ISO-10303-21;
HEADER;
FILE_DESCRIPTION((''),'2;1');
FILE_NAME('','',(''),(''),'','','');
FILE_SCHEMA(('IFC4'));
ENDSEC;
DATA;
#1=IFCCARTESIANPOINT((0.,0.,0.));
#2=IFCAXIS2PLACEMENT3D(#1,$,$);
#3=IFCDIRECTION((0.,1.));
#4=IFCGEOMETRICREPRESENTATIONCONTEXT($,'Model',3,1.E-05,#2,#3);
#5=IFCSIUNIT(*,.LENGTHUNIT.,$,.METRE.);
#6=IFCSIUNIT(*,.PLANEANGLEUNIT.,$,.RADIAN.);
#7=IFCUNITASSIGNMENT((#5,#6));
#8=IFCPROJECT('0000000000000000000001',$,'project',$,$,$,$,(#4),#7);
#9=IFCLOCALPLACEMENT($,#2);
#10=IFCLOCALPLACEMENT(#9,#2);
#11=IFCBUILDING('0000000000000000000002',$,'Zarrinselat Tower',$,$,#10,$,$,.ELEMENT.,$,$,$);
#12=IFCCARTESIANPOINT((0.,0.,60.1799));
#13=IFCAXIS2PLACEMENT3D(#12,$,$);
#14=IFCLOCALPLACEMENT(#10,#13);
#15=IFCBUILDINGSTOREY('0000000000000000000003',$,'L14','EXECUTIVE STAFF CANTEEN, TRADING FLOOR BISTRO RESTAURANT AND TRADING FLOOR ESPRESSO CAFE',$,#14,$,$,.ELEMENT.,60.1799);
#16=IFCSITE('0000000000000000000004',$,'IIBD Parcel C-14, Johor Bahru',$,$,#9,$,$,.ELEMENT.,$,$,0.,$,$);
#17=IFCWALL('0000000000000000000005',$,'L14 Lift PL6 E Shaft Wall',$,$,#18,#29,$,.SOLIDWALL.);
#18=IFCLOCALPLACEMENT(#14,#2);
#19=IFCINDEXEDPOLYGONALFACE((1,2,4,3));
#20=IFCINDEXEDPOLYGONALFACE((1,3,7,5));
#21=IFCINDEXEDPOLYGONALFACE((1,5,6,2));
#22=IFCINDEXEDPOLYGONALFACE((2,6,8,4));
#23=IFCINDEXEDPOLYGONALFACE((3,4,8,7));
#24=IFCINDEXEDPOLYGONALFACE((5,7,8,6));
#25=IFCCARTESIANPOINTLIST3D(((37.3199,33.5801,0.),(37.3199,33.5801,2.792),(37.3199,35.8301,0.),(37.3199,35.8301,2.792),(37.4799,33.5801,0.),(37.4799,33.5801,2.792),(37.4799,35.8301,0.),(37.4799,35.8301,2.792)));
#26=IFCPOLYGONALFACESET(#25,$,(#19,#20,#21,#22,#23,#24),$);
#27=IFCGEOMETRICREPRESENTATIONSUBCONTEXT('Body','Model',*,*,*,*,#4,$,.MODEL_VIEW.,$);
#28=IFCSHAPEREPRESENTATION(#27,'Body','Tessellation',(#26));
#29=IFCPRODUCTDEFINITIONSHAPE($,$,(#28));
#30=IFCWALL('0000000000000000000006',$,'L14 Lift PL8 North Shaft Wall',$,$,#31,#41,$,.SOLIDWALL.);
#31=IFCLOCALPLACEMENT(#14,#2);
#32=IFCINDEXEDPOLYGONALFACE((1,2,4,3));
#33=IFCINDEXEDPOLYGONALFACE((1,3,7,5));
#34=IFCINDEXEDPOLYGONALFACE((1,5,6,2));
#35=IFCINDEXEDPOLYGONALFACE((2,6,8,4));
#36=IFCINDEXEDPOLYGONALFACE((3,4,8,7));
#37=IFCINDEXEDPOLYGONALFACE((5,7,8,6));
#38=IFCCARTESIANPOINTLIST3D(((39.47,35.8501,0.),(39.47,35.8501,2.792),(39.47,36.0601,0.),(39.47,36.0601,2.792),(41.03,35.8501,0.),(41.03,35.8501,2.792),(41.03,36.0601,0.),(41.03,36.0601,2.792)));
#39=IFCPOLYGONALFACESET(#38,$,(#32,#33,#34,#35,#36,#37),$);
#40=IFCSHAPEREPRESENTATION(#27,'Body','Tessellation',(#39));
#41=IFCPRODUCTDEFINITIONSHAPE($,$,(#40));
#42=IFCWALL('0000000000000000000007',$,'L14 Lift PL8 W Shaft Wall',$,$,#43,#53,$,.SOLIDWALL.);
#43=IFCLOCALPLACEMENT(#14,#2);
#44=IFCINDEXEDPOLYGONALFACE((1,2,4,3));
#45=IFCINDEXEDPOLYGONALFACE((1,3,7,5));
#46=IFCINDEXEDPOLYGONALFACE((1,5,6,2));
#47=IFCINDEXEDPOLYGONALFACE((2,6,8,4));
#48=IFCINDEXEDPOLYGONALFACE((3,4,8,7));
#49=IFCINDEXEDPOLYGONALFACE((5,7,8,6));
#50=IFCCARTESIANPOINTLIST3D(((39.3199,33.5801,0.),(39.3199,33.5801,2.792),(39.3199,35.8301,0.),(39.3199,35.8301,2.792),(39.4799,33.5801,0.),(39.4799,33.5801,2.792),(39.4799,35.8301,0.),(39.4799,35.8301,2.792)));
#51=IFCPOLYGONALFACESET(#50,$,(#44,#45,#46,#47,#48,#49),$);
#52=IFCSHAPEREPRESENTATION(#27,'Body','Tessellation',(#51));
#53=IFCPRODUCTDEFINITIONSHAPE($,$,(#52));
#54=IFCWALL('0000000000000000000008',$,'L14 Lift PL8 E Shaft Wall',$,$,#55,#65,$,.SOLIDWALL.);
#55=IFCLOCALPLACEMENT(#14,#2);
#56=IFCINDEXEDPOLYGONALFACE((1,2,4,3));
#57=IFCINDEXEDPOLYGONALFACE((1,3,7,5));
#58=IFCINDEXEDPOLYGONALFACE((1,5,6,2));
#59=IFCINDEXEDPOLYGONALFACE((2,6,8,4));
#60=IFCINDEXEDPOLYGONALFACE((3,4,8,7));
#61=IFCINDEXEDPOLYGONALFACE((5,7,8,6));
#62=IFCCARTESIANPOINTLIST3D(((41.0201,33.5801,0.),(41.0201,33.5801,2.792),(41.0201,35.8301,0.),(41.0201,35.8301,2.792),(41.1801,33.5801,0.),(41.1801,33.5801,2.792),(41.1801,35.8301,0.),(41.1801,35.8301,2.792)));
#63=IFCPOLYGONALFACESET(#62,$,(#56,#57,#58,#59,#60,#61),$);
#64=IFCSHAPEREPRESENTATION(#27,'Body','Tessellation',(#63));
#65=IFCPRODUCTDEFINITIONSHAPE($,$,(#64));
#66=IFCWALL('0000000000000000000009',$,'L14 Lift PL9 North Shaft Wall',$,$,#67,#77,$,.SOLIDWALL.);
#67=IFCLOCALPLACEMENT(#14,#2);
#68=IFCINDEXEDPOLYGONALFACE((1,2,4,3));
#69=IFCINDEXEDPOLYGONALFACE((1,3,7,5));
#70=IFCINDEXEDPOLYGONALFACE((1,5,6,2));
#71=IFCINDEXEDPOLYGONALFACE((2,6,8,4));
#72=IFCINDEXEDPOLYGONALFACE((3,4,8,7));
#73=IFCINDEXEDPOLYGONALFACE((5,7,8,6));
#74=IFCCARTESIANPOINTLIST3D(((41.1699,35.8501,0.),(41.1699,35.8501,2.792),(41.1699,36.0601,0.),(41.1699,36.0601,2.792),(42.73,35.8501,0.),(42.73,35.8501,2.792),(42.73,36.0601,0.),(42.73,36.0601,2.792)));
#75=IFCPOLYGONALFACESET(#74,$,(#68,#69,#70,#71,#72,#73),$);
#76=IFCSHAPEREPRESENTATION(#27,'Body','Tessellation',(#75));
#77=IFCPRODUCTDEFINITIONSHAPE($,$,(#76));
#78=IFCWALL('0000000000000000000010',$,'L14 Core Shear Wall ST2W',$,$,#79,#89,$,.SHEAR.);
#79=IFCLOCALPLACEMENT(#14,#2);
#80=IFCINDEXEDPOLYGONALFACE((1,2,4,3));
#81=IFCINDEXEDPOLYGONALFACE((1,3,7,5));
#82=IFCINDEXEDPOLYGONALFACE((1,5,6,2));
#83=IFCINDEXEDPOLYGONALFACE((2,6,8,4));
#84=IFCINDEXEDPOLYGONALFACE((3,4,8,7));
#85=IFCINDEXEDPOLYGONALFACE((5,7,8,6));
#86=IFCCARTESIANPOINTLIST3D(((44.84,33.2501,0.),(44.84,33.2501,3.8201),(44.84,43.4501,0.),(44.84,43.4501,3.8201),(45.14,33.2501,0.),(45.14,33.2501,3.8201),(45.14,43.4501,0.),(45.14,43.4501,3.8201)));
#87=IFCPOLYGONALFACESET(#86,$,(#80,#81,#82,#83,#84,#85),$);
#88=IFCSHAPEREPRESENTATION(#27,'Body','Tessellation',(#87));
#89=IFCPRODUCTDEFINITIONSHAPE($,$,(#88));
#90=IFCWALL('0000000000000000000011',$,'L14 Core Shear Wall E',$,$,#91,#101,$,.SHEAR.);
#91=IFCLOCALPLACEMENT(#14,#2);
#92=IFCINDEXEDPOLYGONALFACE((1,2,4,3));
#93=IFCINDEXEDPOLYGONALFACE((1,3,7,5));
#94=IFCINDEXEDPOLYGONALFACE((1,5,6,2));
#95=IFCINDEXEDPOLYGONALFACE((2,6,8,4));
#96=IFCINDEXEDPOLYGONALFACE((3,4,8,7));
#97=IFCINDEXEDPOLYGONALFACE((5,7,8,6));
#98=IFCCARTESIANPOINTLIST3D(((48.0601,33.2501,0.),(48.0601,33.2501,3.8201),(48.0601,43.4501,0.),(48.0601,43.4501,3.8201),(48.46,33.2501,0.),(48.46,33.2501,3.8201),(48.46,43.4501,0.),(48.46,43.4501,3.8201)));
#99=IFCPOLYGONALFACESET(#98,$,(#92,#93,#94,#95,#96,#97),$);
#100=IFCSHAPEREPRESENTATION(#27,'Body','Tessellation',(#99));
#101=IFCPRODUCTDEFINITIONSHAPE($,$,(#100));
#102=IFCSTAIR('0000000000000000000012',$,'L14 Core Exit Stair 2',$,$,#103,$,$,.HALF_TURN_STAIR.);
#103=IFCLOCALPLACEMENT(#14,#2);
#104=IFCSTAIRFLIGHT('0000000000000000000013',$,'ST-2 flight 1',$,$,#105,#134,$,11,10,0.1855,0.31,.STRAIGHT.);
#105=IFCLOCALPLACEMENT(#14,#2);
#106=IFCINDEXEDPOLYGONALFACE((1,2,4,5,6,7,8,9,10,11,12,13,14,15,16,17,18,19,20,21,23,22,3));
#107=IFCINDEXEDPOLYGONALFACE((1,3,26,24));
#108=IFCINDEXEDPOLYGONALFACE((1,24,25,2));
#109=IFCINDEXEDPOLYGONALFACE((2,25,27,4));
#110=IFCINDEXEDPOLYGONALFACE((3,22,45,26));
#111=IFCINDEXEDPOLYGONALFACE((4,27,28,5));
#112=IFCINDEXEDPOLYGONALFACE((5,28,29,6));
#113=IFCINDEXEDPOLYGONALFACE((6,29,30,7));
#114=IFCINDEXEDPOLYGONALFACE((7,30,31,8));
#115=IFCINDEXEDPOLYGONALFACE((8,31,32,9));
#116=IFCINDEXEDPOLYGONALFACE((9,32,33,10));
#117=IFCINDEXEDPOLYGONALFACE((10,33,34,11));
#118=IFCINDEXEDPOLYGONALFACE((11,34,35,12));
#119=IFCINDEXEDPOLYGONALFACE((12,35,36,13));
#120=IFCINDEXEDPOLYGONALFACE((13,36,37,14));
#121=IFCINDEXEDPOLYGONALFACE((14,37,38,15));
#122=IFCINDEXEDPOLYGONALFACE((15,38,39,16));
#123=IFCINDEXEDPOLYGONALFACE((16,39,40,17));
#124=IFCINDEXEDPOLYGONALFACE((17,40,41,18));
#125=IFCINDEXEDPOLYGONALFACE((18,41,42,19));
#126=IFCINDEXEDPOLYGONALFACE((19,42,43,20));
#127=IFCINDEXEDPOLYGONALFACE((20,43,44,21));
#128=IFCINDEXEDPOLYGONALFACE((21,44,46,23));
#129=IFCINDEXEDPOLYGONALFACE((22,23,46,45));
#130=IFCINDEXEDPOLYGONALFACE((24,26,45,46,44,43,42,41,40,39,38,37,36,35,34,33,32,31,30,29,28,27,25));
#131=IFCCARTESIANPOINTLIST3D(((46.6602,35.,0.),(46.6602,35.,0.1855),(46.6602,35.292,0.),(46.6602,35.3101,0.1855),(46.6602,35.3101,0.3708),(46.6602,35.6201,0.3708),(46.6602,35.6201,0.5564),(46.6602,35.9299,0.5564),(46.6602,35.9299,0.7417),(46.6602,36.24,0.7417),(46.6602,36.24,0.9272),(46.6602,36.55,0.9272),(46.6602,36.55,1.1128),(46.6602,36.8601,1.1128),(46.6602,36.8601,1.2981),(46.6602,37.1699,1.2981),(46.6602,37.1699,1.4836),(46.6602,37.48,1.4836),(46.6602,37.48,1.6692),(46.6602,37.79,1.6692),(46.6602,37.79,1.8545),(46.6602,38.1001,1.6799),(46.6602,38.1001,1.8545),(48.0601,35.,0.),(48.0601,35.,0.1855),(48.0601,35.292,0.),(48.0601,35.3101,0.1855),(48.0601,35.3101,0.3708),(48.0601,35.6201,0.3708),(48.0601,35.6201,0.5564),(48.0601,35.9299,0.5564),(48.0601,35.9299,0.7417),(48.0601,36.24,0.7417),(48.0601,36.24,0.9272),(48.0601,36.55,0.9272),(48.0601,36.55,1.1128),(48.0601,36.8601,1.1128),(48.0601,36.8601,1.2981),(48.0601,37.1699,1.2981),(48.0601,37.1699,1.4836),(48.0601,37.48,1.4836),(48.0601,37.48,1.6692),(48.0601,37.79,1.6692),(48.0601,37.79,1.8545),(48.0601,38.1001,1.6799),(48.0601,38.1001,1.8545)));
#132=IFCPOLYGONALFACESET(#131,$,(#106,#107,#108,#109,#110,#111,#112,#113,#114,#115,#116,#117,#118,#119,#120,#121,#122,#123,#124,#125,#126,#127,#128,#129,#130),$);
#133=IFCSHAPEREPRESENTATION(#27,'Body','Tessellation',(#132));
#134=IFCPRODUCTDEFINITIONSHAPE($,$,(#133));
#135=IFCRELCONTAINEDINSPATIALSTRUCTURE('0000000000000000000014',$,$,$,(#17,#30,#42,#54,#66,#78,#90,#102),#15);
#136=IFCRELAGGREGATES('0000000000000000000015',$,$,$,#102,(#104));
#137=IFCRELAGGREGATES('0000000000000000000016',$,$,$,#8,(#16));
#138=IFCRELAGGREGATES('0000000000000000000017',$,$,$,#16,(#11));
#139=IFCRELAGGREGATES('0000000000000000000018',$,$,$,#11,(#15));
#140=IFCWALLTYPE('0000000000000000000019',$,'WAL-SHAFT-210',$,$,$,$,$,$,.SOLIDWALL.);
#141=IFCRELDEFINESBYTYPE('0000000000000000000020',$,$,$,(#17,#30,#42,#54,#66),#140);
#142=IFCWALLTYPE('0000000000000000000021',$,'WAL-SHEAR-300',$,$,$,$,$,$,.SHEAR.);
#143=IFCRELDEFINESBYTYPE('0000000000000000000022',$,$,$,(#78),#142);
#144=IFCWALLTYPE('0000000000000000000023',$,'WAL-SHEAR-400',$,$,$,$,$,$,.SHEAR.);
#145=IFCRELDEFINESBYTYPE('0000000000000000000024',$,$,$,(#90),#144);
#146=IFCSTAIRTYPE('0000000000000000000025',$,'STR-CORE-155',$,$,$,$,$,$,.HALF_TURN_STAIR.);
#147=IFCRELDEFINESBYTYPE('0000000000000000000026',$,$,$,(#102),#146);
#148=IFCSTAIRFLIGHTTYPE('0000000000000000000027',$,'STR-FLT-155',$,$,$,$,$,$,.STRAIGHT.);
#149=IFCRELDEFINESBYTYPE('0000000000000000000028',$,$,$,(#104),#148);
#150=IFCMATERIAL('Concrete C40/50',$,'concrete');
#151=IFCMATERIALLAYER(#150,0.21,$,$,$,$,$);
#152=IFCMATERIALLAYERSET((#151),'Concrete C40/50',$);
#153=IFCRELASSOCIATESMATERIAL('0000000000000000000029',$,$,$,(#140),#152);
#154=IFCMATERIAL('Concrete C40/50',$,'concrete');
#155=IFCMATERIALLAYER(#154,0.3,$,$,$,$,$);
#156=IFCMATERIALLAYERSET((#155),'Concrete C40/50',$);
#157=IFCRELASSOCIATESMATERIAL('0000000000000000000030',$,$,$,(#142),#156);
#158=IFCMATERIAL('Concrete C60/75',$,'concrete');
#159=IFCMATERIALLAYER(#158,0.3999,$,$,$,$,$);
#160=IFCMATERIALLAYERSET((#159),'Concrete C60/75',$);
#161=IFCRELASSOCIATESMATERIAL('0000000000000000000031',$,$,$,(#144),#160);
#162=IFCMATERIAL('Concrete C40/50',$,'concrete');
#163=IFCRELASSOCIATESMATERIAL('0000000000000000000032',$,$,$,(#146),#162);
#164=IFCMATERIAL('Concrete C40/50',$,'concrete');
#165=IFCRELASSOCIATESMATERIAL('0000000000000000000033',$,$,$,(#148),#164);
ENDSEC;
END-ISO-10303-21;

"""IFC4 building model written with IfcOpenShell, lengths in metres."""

from ifc_helpers import new_model, si_unit, direction, frame, frame_2d, origin, place, context, subcontext, project, spatial, polyline, rectangle, outline, extrude, material, layer, layer_set, type_object, element, aggregate, save


model = new_model("IFC4")

# Units and contexts
model_context = context("Model", 3, precision=1e-05, world=origin(), true_north=direction((0.0, 1.0)))
body_context = subcontext(model_context, "Body", "Model", "MODEL_VIEW")
ifc_project = project(units=[si_unit("LENGTHUNIT", "METRE"), si_unit("PLANEANGLEUNIT", "RADIAN")], contexts=[model_context])

# Site, building, storey
site_placement = place(None, origin())
site = spatial("IfcSite", under=ifc_project, at=site_placement, Name="IIBD Parcel C-14, Johor Bahru", CompositionType="ELEMENT", RefElevation=0.0)
building_placement = place(site_placement, origin())
building = spatial("IfcBuilding", under=site, at=building_placement, Name="Zarrinselat Tower", CompositionType="ELEMENT")
storey_placement = place(building_placement, frame((0.0, 0.0, 60.1799)))
storey = spatial("IfcBuildingStorey", under=building, at=storey_placement, Name="L14", Description="EXECUTIVE STAFF CANTEEN, TRADING FLOOR BISTRO RESTAURANT AND TRADING FLOOR ESPRESSO CAFE", CompositionType="ELEMENT", Elevation=60.1799)

# Walls
ifc_material_1 = material(Name="Concrete C40/50", Category="concrete")
ifc_layer_1 = layer(ifc_material_1, 0.21)
ifc_layer_set_1 = layer_set([ifc_layer_1], Name="Concrete C40/50")
wall_type_1 = type_object("IfcWallType", Name="WAL-SHAFT-210", PredefinedType="SOLIDWALL", material=ifc_layer_set_1)
wall_1_placement = place(storey_placement, frame((37.3999, 33.5801, 0.0), z_axis=(0.0, 0.0, 1.0), x_axis=(0.0, 1.0, 0.0)))
element("IfcWall", 1, at=wall_1_placement, inside=storey, type_object=wall_type_1, Name="L14 Lift PL6 E Shaft Wall", PredefinedType="SOLIDWALL", context=body_context, shape_type="SweptSolid", body=[
    extrude(rectangle(XDim=2.25, YDim=0.1599, at=frame_2d((1.125, 0.0))), origin(), (0.0, 0.0, 1.0), 2.792),
])
wall_2_placement = place(storey_placement, frame((39.47, 35.9551, 0.0), z_axis=(0.0, 0.0, 1.0), x_axis=(1.0, 0.0, 0.0)))
element("IfcWall", 2, at=wall_2_placement, inside=storey, type_object=wall_type_1, Name="L14 Lift PL8 North Shaft Wall", PredefinedType="SOLIDWALL", context=body_context, shape_type="SweptSolid", body=[
    extrude(rectangle(XDim=1.5601, YDim=0.21, at=frame_2d((0.78, 0.0))), origin(), (0.0, 0.0, 1.0), 2.792),
])
for number, where, z_axis, x_axis, name in (
    (3, (39.3999, 33.5801, 0.0), (0.0, 0.0, 1.0), (0.0, 1.0, 0.0), "L14 Lift PL8 W Shaft Wall"),
    (4, (41.1001, 33.5801, 0.0), (0.0, 0.0, 1.0), (0.0, 1.0, 0.0), "L14 Lift PL8 E Shaft Wall"),
):
    element("IfcWall", number, at=place(storey_placement, frame(where, z_axis=z_axis, x_axis=x_axis)), inside=storey, type_object=wall_type_1, Name=name, PredefinedType="SOLIDWALL", context=body_context, shape_type="SweptSolid", body=[
        extrude(rectangle(XDim=2.25, YDim=0.1599, at=frame_2d((1.125, 0.0))), origin(), (0.0, 0.0, 1.0), 2.792),
    ])
wall_3_placement = place(storey_placement, frame((41.1699, 35.9551, 0.0), z_axis=(0.0, 0.0, 1.0), x_axis=(1.0, 0.0, 0.0)))
element("IfcWall", 5, at=wall_3_placement, inside=storey, type_object=wall_type_1, Name="L14 Lift PL9 North Shaft Wall", PredefinedType="SOLIDWALL", context=body_context, shape_type="SweptSolid", body=[
    extrude(rectangle(XDim=1.5601, YDim=0.21, at=frame_2d((0.78, 0.0))), origin(), (0.0, 0.0, 1.0), 2.792),
])
ifc_material_2 = material(Name="Concrete C40/50", Category="concrete")
ifc_layer_2 = layer(ifc_material_2, 0.3)
ifc_layer_set_2 = layer_set([ifc_layer_2], Name="Concrete C40/50")
wall_type_2 = type_object("IfcWallType", Name="WAL-SHEAR-300", PredefinedType="SHEAR", material=ifc_layer_set_2)
wall_4_placement = place(storey_placement, frame((44.99, 33.25, 0.0), z_axis=(0.0, 0.0, 1.0), x_axis=(0.0, 1.0, 0.0)))
element("IfcWall", 6, at=wall_4_placement, inside=storey, type_object=wall_type_2, Name="L14 Core Shear Wall ST2W", PredefinedType="SHEAR", context=body_context, shape_type="SweptSolid", body=[
    extrude(rectangle(XDim=10.2, YDim=0.3, at=frame_2d((5.1001, 0.0))), origin(), (0.0, 0.0, 1.0), 3.8201),
])
ifc_material_3 = material(Name="Concrete C60/75", Category="concrete")
ifc_layer_3 = layer(ifc_material_3, 0.3999)
ifc_layer_set_3 = layer_set([ifc_layer_3], Name="Concrete C60/75")
wall_type_3 = type_object("IfcWallType", Name="WAL-SHEAR-400", PredefinedType="SHEAR", material=ifc_layer_set_3)
wall_5_placement = place(storey_placement, frame((48.26, 33.25, 0.0), z_axis=(0.0, 0.0, 1.0), x_axis=(0.0, 1.0, 0.0)))
element("IfcWall", 7, at=wall_5_placement, inside=storey, type_object=wall_type_3, Name="L14 Core Shear Wall E", PredefinedType="SHEAR", context=body_context, shape_type="SweptSolid", body=[
    extrude(rectangle(XDim=10.2, YDim=0.3999, at=frame_2d((5.1001, 0.0))), origin(), (0.0, 0.0, 1.0), 3.8201),
])

# Stair, stair flight
ifc_material_4 = material(Name="Concrete C40/50", Category="concrete")
stair_type = type_object("IfcStairType", Name="STR-CORE-155", PredefinedType="HALF_TURN_STAIR", material=ifc_material_4)
stair_placement = place(storey_placement, origin())
stair = element("IfcStair", 8, at=stair_placement, inside=storey, type_object=stair_type, Name="L14 Core Exit Stair 2", PredefinedType="HALF_TURN_STAIR")
ifc_material_5 = material(Name="Concrete C40/50", Category="concrete")
stair_flight_type = type_object("IfcStairFlightType", Name="STR-FLT-155", PredefinedType="STRAIGHT", material=ifc_material_5)
stair_flight_placement = place(storey_placement, frame((47.3601, 35.0, 0.0), z_axis=(0.0, 0.0, 1.0), x_axis=(0.0, 1.0, 0.0)))
stair_flight = element("IfcStairFlight", 9, at=stair_flight_placement, type_object=stair_flight_type, Name="ST-2 flight 1", NumberOfRisers=11, NumberOfTreads=10, PredefinedType="STRAIGHT", RiserHeight=0.1855, TreadLength=0.31, context=body_context, shape_type="SweptSolid", body=[
    extrude(outline(polyline([(0.0, 0.0), (0.0, 0.1855), (0.3101, 0.1855), (0.3101, 0.3708), (0.6201, 0.3708), (0.6201, 0.5564), (0.9299, 0.5564), (0.9299, 0.7417), (1.24, 0.7417), (1.24, 0.9272), (1.55, 0.9272), (1.55, 1.1128), (1.8601, 1.1128), (1.8601, 1.2981), (2.1699, 1.2981), (2.1699, 1.4836), (2.48, 1.4836), (2.48, 1.6692), (2.79, 1.6692), (2.79, 1.8545), (3.1001, 1.8545), (3.1001, 2.04), (3.1001, 1.6799), (0.292, 0.0), (0.0, 0.0)])), frame((0.0, 0.7, 0.0), z_axis=(0.0, -1.0, 0.0), x_axis=(1.0, 0.0, 0.0)), (0.0, 0.0, 1.0), 1.3999),
])
aggregate(stair, [stair_flight])

save(model, "model.ifc")
